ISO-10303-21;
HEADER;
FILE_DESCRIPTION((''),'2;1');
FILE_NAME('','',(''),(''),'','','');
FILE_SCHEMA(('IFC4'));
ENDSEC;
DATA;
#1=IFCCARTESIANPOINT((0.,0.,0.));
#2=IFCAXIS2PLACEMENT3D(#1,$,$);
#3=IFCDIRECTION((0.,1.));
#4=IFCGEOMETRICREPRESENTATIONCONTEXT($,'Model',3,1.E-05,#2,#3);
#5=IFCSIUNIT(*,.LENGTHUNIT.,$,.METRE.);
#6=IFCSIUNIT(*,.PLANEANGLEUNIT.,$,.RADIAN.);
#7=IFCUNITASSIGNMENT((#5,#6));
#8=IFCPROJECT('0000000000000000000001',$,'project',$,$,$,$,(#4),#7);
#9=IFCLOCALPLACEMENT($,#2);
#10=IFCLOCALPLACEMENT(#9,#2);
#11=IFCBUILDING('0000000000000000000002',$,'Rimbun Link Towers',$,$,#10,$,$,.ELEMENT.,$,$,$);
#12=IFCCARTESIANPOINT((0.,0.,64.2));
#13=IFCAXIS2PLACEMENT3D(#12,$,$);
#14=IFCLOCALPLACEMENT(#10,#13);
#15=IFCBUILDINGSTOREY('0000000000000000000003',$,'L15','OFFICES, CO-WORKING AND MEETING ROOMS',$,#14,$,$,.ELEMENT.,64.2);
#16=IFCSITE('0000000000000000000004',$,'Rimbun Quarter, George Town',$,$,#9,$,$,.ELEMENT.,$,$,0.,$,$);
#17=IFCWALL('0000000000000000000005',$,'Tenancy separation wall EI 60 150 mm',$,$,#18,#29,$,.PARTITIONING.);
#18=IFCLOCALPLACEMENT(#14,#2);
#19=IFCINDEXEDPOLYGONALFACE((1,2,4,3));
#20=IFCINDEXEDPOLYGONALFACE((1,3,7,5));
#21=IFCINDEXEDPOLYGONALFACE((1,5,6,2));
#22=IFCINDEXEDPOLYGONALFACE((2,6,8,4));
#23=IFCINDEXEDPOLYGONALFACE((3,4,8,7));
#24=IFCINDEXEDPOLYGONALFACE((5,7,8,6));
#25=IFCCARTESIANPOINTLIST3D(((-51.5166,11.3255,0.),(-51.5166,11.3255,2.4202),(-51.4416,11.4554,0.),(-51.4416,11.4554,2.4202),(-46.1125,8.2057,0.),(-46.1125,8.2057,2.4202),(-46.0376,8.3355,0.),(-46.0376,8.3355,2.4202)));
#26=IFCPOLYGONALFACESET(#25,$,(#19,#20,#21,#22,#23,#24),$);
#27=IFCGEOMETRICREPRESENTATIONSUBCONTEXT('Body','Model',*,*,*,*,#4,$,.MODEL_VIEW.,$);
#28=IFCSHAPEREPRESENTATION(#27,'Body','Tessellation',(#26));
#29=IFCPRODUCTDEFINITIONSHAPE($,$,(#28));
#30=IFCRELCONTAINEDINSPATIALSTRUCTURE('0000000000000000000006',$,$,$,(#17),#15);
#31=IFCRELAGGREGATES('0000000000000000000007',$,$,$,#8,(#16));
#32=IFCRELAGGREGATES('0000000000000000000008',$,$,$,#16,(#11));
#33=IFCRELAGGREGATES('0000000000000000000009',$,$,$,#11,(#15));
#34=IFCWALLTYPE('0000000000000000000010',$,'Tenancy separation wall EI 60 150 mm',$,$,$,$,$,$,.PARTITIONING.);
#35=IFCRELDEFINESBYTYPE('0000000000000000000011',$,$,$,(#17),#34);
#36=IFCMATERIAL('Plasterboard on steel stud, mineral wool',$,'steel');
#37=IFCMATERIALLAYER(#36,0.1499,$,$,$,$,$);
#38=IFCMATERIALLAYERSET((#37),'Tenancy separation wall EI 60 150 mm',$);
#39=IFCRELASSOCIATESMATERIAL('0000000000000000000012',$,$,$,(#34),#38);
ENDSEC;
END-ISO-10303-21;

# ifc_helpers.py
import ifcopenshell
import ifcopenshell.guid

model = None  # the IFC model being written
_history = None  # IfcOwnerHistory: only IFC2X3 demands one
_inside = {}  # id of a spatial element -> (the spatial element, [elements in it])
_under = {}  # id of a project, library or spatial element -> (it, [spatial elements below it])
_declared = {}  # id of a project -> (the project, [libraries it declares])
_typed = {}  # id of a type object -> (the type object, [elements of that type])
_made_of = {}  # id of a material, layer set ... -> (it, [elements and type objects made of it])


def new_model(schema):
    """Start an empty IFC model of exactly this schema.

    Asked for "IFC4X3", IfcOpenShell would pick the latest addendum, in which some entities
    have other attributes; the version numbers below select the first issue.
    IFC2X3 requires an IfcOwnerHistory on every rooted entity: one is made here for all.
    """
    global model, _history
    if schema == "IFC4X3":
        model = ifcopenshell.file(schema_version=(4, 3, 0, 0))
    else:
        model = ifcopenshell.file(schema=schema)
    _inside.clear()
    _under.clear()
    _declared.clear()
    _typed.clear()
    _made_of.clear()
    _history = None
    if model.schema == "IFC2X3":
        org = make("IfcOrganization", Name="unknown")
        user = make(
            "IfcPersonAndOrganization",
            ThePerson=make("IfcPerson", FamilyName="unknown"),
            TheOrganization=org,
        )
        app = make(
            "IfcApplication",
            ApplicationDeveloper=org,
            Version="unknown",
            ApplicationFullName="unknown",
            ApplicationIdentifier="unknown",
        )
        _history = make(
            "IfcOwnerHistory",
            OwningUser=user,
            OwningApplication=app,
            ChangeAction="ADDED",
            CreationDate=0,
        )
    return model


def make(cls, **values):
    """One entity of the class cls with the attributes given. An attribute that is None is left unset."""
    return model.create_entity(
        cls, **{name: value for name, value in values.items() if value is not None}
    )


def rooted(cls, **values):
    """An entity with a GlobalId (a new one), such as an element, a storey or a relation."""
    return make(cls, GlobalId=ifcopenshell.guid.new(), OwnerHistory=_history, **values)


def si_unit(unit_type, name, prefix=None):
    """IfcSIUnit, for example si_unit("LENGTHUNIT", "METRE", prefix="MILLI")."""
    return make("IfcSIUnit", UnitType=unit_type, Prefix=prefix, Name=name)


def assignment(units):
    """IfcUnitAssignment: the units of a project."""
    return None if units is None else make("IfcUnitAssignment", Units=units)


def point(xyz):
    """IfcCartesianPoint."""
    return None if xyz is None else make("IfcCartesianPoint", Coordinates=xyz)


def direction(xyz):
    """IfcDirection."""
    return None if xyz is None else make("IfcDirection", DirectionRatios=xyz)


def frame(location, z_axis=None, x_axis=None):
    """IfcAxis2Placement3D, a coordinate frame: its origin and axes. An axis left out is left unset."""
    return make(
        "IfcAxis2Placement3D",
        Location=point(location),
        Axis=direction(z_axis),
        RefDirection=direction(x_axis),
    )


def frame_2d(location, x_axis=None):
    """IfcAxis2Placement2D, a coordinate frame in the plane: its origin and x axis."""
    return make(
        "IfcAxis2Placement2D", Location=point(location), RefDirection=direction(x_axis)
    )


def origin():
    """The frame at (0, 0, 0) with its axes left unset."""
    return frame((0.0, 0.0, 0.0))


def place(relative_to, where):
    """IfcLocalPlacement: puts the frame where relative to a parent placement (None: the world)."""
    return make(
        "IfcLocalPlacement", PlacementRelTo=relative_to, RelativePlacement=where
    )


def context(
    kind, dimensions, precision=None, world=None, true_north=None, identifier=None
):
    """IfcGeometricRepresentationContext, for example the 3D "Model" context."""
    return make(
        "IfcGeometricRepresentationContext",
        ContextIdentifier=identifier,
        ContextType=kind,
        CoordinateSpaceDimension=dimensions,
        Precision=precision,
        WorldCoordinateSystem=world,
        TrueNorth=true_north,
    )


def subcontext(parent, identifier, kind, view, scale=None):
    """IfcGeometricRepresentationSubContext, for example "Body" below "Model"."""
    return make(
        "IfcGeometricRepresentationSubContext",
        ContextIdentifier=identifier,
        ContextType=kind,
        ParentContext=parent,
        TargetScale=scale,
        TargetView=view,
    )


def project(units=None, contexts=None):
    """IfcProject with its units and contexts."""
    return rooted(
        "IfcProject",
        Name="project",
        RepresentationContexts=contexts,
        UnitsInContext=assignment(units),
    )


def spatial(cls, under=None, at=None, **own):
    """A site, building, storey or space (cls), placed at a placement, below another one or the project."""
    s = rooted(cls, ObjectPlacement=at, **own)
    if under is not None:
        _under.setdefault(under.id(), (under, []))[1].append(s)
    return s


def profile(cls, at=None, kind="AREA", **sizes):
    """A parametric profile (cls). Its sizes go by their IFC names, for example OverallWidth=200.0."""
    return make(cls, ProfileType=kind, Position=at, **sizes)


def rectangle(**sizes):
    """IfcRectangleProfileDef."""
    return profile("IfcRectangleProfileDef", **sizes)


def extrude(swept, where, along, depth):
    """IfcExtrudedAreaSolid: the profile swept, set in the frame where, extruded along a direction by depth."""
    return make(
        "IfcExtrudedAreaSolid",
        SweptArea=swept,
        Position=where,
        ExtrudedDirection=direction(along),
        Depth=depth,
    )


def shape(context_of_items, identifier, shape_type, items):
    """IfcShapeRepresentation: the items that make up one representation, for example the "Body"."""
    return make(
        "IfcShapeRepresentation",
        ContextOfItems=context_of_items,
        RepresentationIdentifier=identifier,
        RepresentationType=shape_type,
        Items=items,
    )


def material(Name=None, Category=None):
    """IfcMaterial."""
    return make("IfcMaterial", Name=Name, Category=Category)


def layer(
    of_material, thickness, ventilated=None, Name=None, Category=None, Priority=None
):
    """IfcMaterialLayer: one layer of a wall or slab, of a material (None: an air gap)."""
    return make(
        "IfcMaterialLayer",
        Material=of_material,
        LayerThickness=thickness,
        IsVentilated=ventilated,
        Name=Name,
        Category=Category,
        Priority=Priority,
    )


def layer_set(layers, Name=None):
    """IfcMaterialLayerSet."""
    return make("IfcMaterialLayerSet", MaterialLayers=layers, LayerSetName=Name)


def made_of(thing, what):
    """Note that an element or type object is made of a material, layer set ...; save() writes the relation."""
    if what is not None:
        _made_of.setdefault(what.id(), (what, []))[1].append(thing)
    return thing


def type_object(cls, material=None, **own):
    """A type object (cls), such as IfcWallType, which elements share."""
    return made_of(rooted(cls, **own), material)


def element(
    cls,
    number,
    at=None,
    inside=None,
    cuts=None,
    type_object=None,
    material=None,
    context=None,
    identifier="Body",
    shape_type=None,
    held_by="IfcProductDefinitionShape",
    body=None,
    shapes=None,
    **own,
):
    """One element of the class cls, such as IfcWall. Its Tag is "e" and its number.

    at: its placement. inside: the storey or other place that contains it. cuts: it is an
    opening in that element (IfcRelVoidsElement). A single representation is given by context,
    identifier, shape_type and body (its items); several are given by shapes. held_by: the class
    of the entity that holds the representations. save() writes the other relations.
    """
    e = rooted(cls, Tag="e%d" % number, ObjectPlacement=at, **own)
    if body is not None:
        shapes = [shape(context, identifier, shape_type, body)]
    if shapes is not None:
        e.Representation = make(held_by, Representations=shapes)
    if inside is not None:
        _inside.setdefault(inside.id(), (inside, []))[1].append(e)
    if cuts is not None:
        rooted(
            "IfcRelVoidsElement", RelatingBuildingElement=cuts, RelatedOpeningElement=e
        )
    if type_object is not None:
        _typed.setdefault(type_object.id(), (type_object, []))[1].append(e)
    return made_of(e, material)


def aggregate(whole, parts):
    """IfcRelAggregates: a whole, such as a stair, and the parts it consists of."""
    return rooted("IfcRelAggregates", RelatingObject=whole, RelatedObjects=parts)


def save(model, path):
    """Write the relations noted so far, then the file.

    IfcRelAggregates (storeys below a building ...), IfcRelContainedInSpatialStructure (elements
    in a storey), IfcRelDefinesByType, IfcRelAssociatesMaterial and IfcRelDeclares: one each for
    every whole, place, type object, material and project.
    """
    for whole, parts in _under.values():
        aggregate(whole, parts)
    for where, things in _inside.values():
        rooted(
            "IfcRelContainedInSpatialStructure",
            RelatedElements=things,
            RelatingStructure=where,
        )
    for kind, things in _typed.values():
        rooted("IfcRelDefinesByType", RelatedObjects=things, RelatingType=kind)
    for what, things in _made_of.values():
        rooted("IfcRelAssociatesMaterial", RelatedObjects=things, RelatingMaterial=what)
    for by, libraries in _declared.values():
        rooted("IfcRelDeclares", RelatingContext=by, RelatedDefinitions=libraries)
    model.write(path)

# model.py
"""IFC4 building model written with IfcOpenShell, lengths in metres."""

from ifc_helpers import new_model, si_unit, direction, frame, frame_2d, origin, place, context, subcontext, project, spatial, rectangle, extrude, material, layer, layer_set, type_object, element, save


model = new_model("IFC4")

# Units and contexts
model_context = context("Model", 3, precision=1e-05, world=origin(), true_north=direction((0.0, 1.0)))
body_context = subcontext(model_context, "Body", "Model", "MODEL_VIEW")
ifc_project = project(units=[si_unit("LENGTHUNIT", "METRE"), si_unit("PLANEANGLEUNIT", "RADIAN")], contexts=[model_context])

# Site, building, storey
site_placement = place(None, origin())
site = spatial("IfcSite", under=ifc_project, at=site_placement, Name="Rimbun Quarter, George Town", CompositionType="ELEMENT", RefElevation=0.0)
building_placement = place(site_placement, origin())
building = spatial("IfcBuilding", under=site, at=building_placement, Name="Rimbun Link Towers", CompositionType="ELEMENT")
storey_placement = place(building_placement, frame((0.0, 0.0, 64.2)))
storey = spatial("IfcBuildingStorey", under=building, at=storey_placement, Name="L15", Description="OFFICES, CO-WORKING AND MEETING ROOMS", CompositionType="ELEMENT", Elevation=64.2)

# Wall
ifc_material_1 = material(Name="Plasterboard on steel stud, mineral wool", Category="steel")
ifc_layer_1 = layer(ifc_material_1, 0.1499)
ifc_layer_set_1 = layer_set([ifc_layer_1], Name="Tenancy separation wall EI 60 150 mm")
wall_type_1 = type_object("IfcWallType", Name="Tenancy separation wall EI 60 150 mm", PredefinedType="PARTITIONING", material=ifc_layer_set_1)
wall_1_placement = place(storey_placement, frame((-46.075, 8.2705, 0.0), z_axis=(0.0, 0.0, 1.0), x_axis=(-0.866036, 0.499981, 0.0)))
element("IfcWall", 1, at=wall_1_placement, inside=storey, type_object=wall_type_1, Name="Tenancy separation wall EI 60 150 mm", PredefinedType="PARTITIONING", context=body_context, shape_type="SweptSolid", body=[
    extrude(rectangle(XDim=6.24, YDim=0.1499, at=frame_2d((3.1201, 0.0))), origin(), (0.0, 0.0, 1.0), 2.4202),
])

save(model, "model.ifc")
